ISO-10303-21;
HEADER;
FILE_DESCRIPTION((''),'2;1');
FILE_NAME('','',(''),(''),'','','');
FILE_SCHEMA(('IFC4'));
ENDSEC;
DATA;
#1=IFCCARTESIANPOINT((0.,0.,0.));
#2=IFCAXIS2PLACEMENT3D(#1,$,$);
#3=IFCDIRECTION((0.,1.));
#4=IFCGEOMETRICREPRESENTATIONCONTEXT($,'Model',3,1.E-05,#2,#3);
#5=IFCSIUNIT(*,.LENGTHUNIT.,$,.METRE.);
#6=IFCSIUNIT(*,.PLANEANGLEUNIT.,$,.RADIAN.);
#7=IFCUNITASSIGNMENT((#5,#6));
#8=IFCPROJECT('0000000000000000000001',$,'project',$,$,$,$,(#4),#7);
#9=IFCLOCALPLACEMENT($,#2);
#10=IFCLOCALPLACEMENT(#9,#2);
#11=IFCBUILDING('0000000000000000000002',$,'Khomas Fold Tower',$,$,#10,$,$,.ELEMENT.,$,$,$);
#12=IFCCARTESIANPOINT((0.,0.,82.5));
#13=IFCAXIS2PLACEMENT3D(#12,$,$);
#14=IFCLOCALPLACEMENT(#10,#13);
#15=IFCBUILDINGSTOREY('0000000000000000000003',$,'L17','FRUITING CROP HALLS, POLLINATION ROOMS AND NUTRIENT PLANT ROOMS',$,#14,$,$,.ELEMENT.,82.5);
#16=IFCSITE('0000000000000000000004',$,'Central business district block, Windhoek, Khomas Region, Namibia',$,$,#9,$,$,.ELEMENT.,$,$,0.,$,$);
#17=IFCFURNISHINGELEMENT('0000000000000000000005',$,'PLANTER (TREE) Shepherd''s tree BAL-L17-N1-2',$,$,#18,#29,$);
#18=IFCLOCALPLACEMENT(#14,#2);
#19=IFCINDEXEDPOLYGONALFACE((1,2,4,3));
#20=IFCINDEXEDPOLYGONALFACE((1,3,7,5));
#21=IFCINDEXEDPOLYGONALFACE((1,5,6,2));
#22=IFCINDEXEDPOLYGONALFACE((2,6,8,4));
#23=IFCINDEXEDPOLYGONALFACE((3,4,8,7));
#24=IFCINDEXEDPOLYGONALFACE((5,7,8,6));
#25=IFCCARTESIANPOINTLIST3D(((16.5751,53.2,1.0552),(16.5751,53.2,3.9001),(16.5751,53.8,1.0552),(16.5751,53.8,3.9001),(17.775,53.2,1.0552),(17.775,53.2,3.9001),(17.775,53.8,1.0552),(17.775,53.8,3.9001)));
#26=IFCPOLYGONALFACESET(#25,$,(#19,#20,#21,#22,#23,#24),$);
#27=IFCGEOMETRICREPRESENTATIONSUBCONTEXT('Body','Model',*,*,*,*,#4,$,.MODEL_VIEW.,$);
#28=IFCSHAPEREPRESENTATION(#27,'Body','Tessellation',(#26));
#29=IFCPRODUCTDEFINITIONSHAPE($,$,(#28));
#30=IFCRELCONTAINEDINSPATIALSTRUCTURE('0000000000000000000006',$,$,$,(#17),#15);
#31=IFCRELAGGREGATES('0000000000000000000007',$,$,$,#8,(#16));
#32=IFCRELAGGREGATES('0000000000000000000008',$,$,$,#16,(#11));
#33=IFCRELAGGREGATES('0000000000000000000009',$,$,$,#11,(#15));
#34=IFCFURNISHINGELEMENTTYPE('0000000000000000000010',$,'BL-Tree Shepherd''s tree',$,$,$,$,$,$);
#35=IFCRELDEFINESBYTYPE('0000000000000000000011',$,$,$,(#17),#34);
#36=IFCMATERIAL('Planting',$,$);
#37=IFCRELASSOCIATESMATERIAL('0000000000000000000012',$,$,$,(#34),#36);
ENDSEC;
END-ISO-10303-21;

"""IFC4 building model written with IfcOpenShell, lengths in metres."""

from ifc_helpers import new_model, si_unit, direction, frame, origin, origin_2d, place, context, subcontext, project, spatial, rectangle, extrude, source, transform, mapped, material, type_object, element, save


model = new_model("IFC4")

# Units and contexts
model_context = context("Model", 3, precision=1e-05, world=origin(), true_north=direction((0.0, 1.0)))
body_context = subcontext(model_context, "Body", "Model", "MODEL_VIEW")
ifc_project = project(units=[si_unit("LENGTHUNIT", "METRE"), si_unit("PLANEANGLEUNIT", "RADIAN")], contexts=[model_context])

# Site, building, storey
site_placement = place(None, origin())
site = spatial("IfcSite", under=ifc_project, at=site_placement, Name="Central business district block, Windhoek, Khomas Region, Namibia", CompositionType="ELEMENT", RefElevation=0.0)
building_placement = place(site_placement, origin())
building = spatial("IfcBuilding", under=site, at=building_placement, Name="Khomas Fold Tower", CompositionType="ELEMENT")
storey_placement = place(building_placement, frame((0.0, 0.0, 82.5)))
storey = spatial("IfcBuildingStorey", under=building, at=storey_placement, Name="L17", Description="FRUITING CROP HALLS, POLLINATION ROOMS AND NUTRIENT PLANT ROOMS", CompositionType="ELEMENT", Elevation=82.5)

# Furnishing element
shared_shape_1 = source(origin(), body_context, "Body", "SweptSolid", [
    extrude(rectangle(XDim=1.2, YDim=0.6001, at=origin_2d()), origin(), (0.0, 0.0, 1.0), 2.845),
])
ifc_material_1 = material(Name="Planting")
furnishing_element_type_1 = type_object("IfcFurnishingElementType", Name="BL-Tree Shepherd's tree", material=ifc_material_1)
furnishing_1_placement = place(storey_placement, frame((17.175, 53.5, 1.0552), z_axis=(0.0, 0.0, 1.0), x_axis=(1.0, 0.0, 0.0)))
element("IfcFurnishingElement", 1, at=furnishing_1_placement, inside=storey, type_object=furnishing_element_type_1, Name="PLANTER (TREE) Shepherd's tree BAL-L17-N1-2", context=body_context, shape_type="MappedRepresentation", body=[
    mapped(shared_shape_1, transform((0.0, 0.0, 0.0))),
])

save(model, "model.ifc")
